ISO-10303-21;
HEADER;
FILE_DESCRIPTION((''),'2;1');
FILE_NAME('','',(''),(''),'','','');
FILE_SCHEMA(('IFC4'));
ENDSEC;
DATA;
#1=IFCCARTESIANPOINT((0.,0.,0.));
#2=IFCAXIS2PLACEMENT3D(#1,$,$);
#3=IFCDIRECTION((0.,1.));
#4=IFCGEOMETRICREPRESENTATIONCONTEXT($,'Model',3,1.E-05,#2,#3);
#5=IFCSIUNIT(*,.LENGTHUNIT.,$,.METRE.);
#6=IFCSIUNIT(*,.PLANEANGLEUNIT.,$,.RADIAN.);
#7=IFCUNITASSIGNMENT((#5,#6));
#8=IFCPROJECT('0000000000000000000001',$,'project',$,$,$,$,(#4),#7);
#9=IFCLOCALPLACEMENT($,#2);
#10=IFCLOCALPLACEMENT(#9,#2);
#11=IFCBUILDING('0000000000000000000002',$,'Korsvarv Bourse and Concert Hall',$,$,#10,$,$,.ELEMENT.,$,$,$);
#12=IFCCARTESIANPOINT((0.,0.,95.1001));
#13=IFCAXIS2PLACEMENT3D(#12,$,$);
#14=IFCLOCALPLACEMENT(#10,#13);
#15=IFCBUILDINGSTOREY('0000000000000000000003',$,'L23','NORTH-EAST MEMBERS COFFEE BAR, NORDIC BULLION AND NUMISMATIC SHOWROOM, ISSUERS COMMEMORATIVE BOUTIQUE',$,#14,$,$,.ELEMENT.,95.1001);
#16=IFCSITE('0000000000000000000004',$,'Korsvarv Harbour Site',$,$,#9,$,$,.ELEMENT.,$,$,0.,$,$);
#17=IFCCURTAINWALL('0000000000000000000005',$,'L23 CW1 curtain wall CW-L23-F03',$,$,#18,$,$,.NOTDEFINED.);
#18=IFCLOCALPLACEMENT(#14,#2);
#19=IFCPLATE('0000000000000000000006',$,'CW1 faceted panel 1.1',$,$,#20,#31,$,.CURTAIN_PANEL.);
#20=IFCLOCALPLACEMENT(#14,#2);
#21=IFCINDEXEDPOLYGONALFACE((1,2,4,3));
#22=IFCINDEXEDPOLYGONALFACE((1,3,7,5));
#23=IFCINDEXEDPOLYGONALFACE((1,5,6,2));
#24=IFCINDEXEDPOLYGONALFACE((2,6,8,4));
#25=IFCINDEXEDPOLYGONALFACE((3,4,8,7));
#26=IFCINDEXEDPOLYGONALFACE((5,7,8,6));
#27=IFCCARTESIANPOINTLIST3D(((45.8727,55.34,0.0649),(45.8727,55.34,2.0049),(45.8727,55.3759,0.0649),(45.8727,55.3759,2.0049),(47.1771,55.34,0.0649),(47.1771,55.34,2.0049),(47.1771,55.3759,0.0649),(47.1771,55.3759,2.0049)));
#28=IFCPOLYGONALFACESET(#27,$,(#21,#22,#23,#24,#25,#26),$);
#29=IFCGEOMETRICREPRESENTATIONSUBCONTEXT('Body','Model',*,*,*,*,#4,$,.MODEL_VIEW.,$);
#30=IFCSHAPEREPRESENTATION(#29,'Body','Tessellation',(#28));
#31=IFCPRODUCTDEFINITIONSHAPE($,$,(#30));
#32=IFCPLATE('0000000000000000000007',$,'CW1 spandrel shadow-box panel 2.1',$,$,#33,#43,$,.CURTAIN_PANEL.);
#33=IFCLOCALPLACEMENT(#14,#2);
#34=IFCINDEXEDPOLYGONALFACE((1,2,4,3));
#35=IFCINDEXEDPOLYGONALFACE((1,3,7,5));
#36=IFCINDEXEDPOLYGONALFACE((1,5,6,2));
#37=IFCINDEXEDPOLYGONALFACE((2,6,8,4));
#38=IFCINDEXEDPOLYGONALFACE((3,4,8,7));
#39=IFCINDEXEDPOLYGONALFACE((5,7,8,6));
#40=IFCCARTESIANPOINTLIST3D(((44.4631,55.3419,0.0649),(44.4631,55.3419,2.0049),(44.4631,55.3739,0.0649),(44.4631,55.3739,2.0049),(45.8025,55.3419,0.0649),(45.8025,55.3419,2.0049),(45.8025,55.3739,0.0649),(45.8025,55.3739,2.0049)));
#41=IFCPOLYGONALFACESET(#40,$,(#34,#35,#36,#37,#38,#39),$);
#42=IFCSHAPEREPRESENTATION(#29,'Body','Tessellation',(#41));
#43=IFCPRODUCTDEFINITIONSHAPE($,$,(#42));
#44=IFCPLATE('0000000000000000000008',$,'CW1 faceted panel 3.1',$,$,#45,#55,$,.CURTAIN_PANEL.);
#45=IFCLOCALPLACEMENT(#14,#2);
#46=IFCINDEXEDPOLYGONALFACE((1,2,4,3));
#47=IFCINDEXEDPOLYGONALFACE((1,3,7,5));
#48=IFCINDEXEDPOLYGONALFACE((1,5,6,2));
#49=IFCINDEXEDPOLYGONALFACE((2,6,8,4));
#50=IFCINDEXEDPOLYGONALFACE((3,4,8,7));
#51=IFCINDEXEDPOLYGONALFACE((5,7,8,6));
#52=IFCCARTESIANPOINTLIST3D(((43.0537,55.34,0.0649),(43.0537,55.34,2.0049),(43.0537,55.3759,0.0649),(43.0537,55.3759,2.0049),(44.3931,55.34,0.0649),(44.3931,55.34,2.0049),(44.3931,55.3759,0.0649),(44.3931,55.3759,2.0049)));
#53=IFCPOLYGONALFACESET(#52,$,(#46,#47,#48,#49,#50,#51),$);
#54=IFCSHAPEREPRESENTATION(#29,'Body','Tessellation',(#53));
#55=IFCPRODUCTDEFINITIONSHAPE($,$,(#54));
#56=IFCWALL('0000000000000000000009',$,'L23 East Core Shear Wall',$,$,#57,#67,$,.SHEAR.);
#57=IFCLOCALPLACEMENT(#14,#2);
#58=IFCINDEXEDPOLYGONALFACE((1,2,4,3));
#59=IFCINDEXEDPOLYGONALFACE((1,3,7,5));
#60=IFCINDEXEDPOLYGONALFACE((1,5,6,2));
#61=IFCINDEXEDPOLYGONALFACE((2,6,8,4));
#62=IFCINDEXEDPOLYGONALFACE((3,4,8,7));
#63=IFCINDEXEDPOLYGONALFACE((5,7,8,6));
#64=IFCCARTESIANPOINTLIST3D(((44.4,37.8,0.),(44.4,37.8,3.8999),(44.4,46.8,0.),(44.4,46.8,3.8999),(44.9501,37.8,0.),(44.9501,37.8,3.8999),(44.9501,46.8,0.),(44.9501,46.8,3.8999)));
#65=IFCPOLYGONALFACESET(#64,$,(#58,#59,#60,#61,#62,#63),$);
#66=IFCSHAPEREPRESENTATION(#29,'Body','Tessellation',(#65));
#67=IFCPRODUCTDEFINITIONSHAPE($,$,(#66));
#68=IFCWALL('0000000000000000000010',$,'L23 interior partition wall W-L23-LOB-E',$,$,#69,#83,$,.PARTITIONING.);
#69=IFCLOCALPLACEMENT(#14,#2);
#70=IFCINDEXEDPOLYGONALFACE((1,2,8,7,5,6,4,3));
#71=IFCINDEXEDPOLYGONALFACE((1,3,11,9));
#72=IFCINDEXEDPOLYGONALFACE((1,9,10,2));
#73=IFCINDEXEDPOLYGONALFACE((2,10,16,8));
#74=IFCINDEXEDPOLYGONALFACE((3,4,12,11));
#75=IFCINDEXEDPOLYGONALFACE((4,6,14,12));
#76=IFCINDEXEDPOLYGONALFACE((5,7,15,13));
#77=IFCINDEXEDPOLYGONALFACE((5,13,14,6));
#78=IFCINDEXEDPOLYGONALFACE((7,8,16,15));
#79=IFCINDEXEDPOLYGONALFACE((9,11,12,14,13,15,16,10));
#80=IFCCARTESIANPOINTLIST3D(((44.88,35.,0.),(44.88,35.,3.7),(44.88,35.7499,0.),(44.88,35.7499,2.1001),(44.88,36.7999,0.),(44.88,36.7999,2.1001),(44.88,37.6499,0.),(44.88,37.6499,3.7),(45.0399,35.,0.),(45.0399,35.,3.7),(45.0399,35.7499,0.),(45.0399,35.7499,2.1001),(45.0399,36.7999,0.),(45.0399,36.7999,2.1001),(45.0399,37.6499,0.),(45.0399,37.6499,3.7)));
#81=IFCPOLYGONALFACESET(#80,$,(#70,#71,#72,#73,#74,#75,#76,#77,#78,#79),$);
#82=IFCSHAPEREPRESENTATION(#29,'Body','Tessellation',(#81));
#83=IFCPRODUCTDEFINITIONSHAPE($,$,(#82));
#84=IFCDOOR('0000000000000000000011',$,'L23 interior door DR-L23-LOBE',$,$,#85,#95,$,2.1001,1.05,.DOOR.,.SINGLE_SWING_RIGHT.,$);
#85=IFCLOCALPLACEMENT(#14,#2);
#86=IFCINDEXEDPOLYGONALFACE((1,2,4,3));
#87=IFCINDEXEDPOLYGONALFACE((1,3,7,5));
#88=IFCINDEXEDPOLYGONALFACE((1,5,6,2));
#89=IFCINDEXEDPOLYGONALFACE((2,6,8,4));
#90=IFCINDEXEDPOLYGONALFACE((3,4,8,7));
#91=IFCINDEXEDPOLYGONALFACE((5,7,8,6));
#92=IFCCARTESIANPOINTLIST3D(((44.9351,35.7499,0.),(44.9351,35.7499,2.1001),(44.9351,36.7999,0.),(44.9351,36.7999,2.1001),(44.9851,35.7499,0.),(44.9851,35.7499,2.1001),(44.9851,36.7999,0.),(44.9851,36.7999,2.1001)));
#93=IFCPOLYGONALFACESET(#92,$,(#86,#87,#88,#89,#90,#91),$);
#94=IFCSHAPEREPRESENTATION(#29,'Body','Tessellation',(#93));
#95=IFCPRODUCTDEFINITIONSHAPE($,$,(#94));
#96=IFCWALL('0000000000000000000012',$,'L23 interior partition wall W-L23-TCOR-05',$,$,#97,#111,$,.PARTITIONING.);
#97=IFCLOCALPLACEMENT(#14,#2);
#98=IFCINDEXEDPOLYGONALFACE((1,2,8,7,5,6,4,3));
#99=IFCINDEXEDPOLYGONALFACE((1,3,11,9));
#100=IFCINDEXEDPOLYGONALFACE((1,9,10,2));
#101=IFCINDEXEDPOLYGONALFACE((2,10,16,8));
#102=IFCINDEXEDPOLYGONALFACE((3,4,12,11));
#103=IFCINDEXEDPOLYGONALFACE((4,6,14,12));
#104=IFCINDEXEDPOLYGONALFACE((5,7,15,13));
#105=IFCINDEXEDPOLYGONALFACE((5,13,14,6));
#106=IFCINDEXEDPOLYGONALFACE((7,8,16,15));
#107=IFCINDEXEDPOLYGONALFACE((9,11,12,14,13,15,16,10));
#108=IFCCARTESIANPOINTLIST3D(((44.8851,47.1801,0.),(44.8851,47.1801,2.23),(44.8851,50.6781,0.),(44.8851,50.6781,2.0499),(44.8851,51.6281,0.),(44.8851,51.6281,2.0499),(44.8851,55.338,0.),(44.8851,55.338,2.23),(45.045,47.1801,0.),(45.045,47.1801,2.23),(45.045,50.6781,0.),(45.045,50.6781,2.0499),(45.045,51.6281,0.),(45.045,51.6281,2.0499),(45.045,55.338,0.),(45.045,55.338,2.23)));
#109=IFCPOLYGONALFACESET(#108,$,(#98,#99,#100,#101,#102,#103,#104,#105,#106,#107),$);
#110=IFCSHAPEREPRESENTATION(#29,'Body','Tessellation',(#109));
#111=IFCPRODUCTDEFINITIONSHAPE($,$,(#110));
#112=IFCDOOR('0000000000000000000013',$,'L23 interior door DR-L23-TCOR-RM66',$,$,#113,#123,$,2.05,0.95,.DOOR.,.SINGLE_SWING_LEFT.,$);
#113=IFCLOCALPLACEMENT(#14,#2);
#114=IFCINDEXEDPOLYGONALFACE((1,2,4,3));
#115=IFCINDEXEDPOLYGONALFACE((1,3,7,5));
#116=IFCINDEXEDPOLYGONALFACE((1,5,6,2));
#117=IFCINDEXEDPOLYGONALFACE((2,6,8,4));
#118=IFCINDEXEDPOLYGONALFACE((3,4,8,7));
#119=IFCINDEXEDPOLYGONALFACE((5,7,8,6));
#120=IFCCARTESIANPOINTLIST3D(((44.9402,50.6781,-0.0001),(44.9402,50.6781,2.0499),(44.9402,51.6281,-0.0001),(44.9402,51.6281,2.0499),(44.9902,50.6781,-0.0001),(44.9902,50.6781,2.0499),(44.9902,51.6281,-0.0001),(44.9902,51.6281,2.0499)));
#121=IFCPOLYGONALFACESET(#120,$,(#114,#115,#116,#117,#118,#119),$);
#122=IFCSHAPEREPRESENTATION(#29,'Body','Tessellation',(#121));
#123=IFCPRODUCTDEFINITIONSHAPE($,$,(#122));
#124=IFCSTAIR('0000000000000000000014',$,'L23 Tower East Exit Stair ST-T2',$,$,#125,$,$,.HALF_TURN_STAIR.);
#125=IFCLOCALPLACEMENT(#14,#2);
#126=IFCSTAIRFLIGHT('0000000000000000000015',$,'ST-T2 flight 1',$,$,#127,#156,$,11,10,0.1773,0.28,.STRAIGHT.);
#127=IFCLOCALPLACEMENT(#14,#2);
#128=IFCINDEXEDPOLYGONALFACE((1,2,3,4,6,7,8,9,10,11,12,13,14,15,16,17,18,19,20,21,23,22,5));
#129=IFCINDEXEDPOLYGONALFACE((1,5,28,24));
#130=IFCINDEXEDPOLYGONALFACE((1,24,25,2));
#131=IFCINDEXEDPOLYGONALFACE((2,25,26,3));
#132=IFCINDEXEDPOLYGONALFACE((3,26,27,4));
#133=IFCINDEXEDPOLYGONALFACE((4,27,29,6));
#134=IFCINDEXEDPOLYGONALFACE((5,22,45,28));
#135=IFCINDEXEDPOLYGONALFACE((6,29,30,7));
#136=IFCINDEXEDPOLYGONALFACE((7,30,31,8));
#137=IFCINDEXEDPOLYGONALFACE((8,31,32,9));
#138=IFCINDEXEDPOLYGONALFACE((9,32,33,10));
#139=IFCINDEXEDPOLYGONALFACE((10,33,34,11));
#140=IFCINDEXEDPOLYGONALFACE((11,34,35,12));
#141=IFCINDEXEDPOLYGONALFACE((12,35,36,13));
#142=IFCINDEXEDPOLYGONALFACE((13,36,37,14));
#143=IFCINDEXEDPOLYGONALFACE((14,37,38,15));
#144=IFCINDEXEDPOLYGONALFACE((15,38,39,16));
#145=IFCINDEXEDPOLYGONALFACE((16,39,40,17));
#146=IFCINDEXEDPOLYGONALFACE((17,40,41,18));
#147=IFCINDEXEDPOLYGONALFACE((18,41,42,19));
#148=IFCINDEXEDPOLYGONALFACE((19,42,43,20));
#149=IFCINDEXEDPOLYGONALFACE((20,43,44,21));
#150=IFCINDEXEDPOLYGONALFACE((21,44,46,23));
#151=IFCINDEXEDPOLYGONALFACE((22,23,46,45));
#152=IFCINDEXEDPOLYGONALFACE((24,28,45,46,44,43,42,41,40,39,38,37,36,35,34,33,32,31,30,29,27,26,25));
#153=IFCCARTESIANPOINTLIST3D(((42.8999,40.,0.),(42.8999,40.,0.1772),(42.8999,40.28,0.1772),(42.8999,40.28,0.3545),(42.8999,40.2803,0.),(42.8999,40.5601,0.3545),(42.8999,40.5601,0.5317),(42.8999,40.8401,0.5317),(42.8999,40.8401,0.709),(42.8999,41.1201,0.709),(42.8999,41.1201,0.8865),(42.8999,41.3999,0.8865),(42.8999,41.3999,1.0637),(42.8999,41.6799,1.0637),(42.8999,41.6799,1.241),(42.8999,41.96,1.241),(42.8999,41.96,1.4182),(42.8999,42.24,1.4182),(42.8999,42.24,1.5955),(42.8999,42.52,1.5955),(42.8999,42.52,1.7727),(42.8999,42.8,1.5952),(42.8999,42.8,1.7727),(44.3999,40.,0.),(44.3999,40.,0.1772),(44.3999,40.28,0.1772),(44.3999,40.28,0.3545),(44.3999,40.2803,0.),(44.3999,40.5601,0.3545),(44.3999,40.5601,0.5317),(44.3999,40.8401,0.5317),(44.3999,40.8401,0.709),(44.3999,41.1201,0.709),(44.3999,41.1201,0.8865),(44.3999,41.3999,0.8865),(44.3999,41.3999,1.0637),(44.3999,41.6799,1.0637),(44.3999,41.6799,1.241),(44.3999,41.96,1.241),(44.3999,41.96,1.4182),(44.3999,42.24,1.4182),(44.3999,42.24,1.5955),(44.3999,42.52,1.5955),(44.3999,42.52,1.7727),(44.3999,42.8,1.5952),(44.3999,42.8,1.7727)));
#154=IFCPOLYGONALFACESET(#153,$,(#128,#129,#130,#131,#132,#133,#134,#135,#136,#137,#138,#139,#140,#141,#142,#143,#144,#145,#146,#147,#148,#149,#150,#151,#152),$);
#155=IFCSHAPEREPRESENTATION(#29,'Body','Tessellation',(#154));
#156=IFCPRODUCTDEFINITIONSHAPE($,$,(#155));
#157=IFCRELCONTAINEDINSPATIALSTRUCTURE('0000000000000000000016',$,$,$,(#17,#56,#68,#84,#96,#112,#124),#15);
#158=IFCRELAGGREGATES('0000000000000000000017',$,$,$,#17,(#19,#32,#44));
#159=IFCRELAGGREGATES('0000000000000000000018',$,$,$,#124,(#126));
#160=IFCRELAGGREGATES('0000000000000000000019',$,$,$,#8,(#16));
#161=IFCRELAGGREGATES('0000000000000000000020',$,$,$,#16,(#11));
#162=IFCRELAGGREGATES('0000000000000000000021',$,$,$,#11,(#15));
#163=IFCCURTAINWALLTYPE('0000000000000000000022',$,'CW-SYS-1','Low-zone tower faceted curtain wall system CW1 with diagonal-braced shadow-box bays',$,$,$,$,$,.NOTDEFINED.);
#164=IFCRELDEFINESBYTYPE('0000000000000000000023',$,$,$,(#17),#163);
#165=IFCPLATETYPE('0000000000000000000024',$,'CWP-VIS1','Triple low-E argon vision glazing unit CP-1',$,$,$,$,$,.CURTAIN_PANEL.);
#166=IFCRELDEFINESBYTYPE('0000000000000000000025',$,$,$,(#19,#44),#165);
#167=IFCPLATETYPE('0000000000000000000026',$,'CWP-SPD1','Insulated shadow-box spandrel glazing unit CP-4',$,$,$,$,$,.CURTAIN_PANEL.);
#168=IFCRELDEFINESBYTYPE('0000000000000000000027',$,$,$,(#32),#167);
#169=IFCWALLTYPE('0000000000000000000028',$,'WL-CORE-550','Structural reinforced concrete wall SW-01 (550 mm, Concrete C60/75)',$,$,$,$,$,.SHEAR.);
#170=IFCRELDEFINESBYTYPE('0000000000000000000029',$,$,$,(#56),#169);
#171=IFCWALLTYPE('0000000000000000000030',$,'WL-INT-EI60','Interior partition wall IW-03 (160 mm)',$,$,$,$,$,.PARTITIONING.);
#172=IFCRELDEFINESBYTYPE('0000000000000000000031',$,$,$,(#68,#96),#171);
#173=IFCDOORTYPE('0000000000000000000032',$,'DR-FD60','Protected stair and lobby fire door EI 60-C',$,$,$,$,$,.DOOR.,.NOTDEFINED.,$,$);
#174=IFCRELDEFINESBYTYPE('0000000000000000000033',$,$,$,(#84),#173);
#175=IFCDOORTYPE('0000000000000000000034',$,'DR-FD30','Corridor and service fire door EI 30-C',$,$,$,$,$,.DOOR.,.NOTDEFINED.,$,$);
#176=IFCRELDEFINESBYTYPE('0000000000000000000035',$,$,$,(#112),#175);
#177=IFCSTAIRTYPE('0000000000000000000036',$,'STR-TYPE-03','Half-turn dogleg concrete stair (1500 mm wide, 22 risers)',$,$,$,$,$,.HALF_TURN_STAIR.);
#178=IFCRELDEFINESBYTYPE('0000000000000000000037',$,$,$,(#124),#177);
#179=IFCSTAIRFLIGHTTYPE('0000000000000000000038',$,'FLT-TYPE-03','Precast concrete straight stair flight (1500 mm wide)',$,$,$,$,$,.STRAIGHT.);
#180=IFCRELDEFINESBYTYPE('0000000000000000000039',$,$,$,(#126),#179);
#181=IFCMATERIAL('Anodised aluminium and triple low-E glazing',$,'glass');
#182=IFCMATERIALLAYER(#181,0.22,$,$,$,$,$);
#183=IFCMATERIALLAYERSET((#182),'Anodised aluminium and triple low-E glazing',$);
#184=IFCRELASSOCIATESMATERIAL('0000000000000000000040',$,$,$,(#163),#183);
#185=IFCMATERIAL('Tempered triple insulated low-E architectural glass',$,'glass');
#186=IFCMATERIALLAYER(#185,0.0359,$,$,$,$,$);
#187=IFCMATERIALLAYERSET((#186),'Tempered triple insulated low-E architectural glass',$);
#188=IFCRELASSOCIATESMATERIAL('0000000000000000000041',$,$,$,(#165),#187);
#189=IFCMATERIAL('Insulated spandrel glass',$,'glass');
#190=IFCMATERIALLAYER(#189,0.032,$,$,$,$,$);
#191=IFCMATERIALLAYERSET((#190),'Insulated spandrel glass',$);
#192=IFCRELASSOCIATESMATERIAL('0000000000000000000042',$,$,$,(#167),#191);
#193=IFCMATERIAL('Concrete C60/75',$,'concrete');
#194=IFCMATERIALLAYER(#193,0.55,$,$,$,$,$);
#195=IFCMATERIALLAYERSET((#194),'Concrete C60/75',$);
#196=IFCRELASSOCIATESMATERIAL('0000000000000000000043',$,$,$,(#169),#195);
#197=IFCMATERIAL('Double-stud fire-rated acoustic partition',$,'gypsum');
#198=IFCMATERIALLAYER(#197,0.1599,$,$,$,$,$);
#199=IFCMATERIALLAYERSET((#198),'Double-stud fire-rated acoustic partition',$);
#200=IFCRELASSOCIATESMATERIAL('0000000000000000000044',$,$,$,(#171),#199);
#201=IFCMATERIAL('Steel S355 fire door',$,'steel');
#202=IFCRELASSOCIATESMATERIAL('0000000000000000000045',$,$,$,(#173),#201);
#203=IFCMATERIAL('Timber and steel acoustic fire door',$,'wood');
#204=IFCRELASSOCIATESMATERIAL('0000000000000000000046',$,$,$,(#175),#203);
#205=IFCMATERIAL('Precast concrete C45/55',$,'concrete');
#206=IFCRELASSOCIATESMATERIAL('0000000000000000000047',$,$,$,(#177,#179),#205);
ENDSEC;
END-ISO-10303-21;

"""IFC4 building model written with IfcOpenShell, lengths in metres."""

from ifc_helpers import new_model, si_unit, direction, frame, frame_2d, origin, origin_2d, place, context, subcontext, project, spatial, polyline, rectangle, outline, extrude, source, transform, mapped, material, layer, layer_set, type_object, element, fill, aggregate, save


model = new_model("IFC4")

# Units and contexts
model_context = context("Model", 3, precision=1e-05, world=origin(), true_north=direction((0.0, 1.0)))
body_context = subcontext(model_context, "Body", "Model", "MODEL_VIEW")
ifc_project = project(units=[si_unit("LENGTHUNIT", "METRE"), si_unit("PLANEANGLEUNIT", "RADIAN")], contexts=[model_context])

# Site, building, storey
site_placement = place(None, origin())
site = spatial("IfcSite", under=ifc_project, at=site_placement, Name="Korsvarv Harbour Site", CompositionType="ELEMENT", RefElevation=0.0)
building_placement = place(site_placement, origin())
building = spatial("IfcBuilding", under=site, at=building_placement, Name="Korsvarv Bourse and Concert Hall", CompositionType="ELEMENT")
storey_placement = place(building_placement, frame((0.0, 0.0, 95.1001)))
storey = spatial("IfcBuildingStorey", under=building, at=storey_placement, Name="L23", Description="NORTH-EAST MEMBERS COFFEE BAR, NORDIC BULLION AND NUMISMATIC SHOWROOM, ISSUERS COMMEMORATIVE BOUTIQUE", CompositionType="ELEMENT", Elevation=95.1001)

# Shared definitions
ifc_material_1 = material(Name="Concrete C60/75", Category="concrete")

# Curtain wall, plates
ifc_material_2 = material(Name="Anodised aluminium and triple low-E glazing", Category="glass")
ifc_layer_1 = layer(ifc_material_2, 0.22)
ifc_layer_set_1 = layer_set([ifc_layer_1], Name="Anodised aluminium and triple low-E glazing")
curtain_wall_type = type_object("IfcCurtainWallType", Name="CW-SYS-1", Description="Low-zone tower faceted curtain wall system CW1 with diagonal-braced shadow-box bays", PredefinedType="NOTDEFINED", material=ifc_layer_set_1)
curtain_wall_placement = place(storey_placement, origin())
curtain_wall = element("IfcCurtainWall", 1, at=curtain_wall_placement, inside=storey, type_object=curtain_wall_type, Name="L23 CW1 curtain wall CW-L23-F03", PredefinedType="NOTDEFINED")
ifc_material_3 = material(Name="Tempered triple insulated low-E architectural glass", Category="glass")
ifc_layer_2 = layer(ifc_material_3, 0.0359)
ifc_layer_set_2 = layer_set([ifc_layer_2], Name="Tempered triple insulated low-E architectural glass")
plate_type_1 = type_object("IfcPlateType", Name="CWP-VIS1", Description="Triple low-E argon vision glazing unit CP-1", PredefinedType="CURTAIN_PANEL", material=ifc_layer_set_2)
shared_shape_1 = source(origin(), body_context, "Body", "SweptSolid", [
    extrude(rectangle(XDim=1.3044, YDim=0.0359, at=origin_2d()), origin(), (0.0, 0.0, 1.0), 1.9399),
])
plate_1_placement = place(storey_placement, frame((46.5249, 55.3579, 0.0649), z_axis=(0.0, 0.0, 1.0), x_axis=(-1.0, 0.0, 0.0)))
plate_1 = element("IfcPlate", 2, at=plate_1_placement, type_object=plate_type_1, Name="CW1 faceted panel 1.1", PredefinedType="CURTAIN_PANEL", context=body_context, shape_type="MappedRepresentation", body=[
    mapped(shared_shape_1, transform((0.0, 0.0, 0.0), scale=1.0)),
])
ifc_material_4 = material(Name="Insulated spandrel glass", Category="glass")
ifc_layer_3 = layer(ifc_material_4, 0.032)
ifc_layer_set_3 = layer_set([ifc_layer_3], Name="Insulated spandrel glass")
plate_type_2 = type_object("IfcPlateType", Name="CWP-SPD1", Description="Insulated shadow-box spandrel glazing unit CP-4", PredefinedType="CURTAIN_PANEL", material=ifc_layer_set_3)
shared_shape_2 = source(origin(), body_context, "Body", "SweptSolid", [
    extrude(rectangle(XDim=1.3394, YDim=0.032, at=origin_2d()), origin(), (0.0, 0.0, 1.0), 1.9399),
])
plate_2_placement = place(storey_placement, frame((45.1328, 55.3579, 0.0649), z_axis=(0.0, 0.0, 1.0), x_axis=(-1.0, 0.0, 0.0)))
plate_2 = element("IfcPlate", 3, at=plate_2_placement, type_object=plate_type_2, Name="CW1 spandrel shadow-box panel 2.1", PredefinedType="CURTAIN_PANEL", context=body_context, shape_type="MappedRepresentation", body=[
    mapped(shared_shape_2, transform((0.0, 0.0, 0.0), scale=1.0)),
])
shared_shape_3 = source(origin(), body_context, "Body", "SweptSolid", [
    extrude(rectangle(XDim=1.3394, YDim=0.0359, at=origin_2d()), origin(), (0.0, 0.0, 1.0), 1.9399),
])
plate_3_placement = place(storey_placement, frame((43.7234, 55.3579, 0.0649), z_axis=(0.0, 0.0, 1.0), x_axis=(-1.0, 0.0, 0.0)))
plate_3 = element("IfcPlate", 4, at=plate_3_placement, type_object=plate_type_1, Name="CW1 faceted panel 3.1", PredefinedType="CURTAIN_PANEL", context=body_context, shape_type="MappedRepresentation", body=[
    mapped(shared_shape_3, transform((0.0, 0.0, 0.0), scale=1.0)),
])
aggregate(curtain_wall, [plate_1, plate_2, plate_3])

# Wall
ifc_layer_4 = layer(ifc_material_1, 0.55)
ifc_layer_set_4 = layer_set([ifc_layer_4], Name="Concrete C60/75")
wall_type_1 = type_object("IfcWallType", Name="WL-CORE-550", Description="Structural reinforced concrete wall SW-01 (550 mm, Concrete C60/75)", PredefinedType="SHEAR", material=ifc_layer_set_4)
wall_1_placement = place(storey_placement, frame((44.675, 37.8, 0.0), z_axis=(0.0, 0.0, 1.0), x_axis=(0.0, 1.0, 0.0)))
element("IfcWall", 5, at=wall_1_placement, inside=storey, type_object=wall_type_1, Name="L23 East Core Shear Wall", PredefinedType="SHEAR", context=body_context, shape_type="SweptSolid", body=[
    extrude(rectangle(XDim=9.0, YDim=0.55, at=frame_2d((4.5, 0.0))), origin(), (0.0, 0.0, 1.0), 3.8999),
])

# Walls, openings, doors
ifc_material_5 = material(Name="Double-stud fire-rated acoustic partition", Category="gypsum")
ifc_layer_5 = layer(ifc_material_5, 0.1599)
ifc_layer_set_5 = layer_set([ifc_layer_5], Name="Double-stud fire-rated acoustic partition")
wall_type_2 = type_object("IfcWallType", Name="WL-INT-EI60", Description="Interior partition wall IW-03 (160 mm)", PredefinedType="PARTITIONING", material=ifc_layer_set_5)
wall_2_placement = place(storey_placement, frame((44.96, 35.0, 0.0), z_axis=(0.0, 0.0, 1.0), x_axis=(0.0, 1.0, 0.0)))
wall_2 = element("IfcWall", 6, at=wall_2_placement, inside=storey, type_object=wall_type_2, Name="L23 interior partition wall W-L23-LOB-E", PredefinedType="PARTITIONING", context=body_context, shape_type="SweptSolid", body=[
    extrude(rectangle(XDim=2.6499, YDim=0.1599, at=frame_2d((1.325, 0.0))), origin(), (0.0, 0.0, 1.0), 3.7),
])
opening_1_placement = place(wall_2_placement, frame((0.75, 0.0, 0.0)))
opening_1 = element("IfcOpeningElement", 7, at=opening_1_placement, cuts=wall_2, PredefinedType="OPENING", context=body_context, shape_type="SweptSolid", body=[
    extrude(rectangle(XDim=1.05, YDim=2.1001, at=frame_2d((0.5249, 1.05))), frame((0.0, 0.0898, 0.0), z_axis=(0.0, -1.0, 0.0), x_axis=(1.0, 0.0, 0.0)), (0.0, 0.0, 1.0), 0.1799),
])
ifc_material_6 = material(Name="Steel S355 fire door", Category="steel")
door_type_1 = type_object("IfcDoorType", Name="DR-FD60", Description="Protected stair and lobby fire door EI 60-C", OperationType="NOTDEFINED", PredefinedType="DOOR", material=ifc_material_6)
door_1_placement = place(opening_1_placement, origin())
door_1 = element("IfcDoor", 8, at=door_1_placement, inside=storey, type_object=door_type_1, Name="L23 interior door DR-L23-LOBE", OperationType="SINGLE_SWING_RIGHT", OverallHeight=2.1001, OverallWidth=1.05, PredefinedType="DOOR", context=body_context, shape_type="SweptSolid", body=[
    extrude(rectangle(XDim=1.05, YDim=2.1001, at=frame_2d((0.5249, 1.05))), frame((0.0, 0.0249, 0.0), z_axis=(0.0, -1.0, 0.0), x_axis=(1.0, 0.0, 0.0)), (0.0, 0.0, 1.0), 0.05),
])
fill(opening_1, door_1)
wall_3_placement = place(storey_placement, frame((44.9651, 47.1799, 0.0), z_axis=(0.0, 0.0, 1.0), x_axis=(0.0, 1.0, 0.0)))
wall_3 = element("IfcWall", 9, at=wall_3_placement, inside=storey, type_object=wall_type_2, Name="L23 interior partition wall W-L23-TCOR-05", PredefinedType="PARTITIONING", context=body_context, shape_type="SweptSolid", body=[
    extrude(rectangle(XDim=8.158, YDim=0.1599, at=frame_2d((4.0791, 0.0))), origin(), (0.0, 0.0, 1.0), 2.23),
])
opening_2_placement = place(wall_3_placement, frame((3.498, 0.0, 0.0)))
opening_2 = element("IfcOpeningElement", 10, at=opening_2_placement, cuts=wall_3, PredefinedType="OPENING", context=body_context, shape_type="SweptSolid", body=[
    extrude(rectangle(XDim=0.95, YDim=2.05, at=frame_2d((0.4751, 1.0249))), frame((0.0, 0.0898, 0.0), z_axis=(0.0, -1.0, 0.0), x_axis=(1.0, 0.0, 0.0)), (0.0, 0.0, 1.0), 0.1799),
])
ifc_material_7 = material(Name="Timber and steel acoustic fire door", Category="wood")
door_type_2 = type_object("IfcDoorType", Name="DR-FD30", Description="Corridor and service fire door EI 30-C", OperationType="NOTDEFINED", PredefinedType="DOOR", material=ifc_material_7)
door_2_placement = place(opening_2_placement, origin())
door_2 = element("IfcDoor", 11, at=door_2_placement, inside=storey, type_object=door_type_2, Name="L23 interior door DR-L23-TCOR-RM66", OperationType="SINGLE_SWING_LEFT", OverallHeight=2.05, OverallWidth=0.95, PredefinedType="DOOR", context=body_context, shape_type="SweptSolid", body=[
    extrude(rectangle(XDim=0.95, YDim=2.05, at=frame_2d((0.4751, 1.0249))), frame((0.0, 0.0249, 0.0), z_axis=(0.0, -1.0, 0.0), x_axis=(1.0, 0.0, 0.0)), (0.0, 0.0, 1.0), 0.05),
])
fill(opening_2, door_2)

# Stair, stair flight
ifc_material_8 = material(Name="Precast concrete C45/55", Category="concrete")
stair_type = type_object("IfcStairType", Name="STR-TYPE-03", Description="Half-turn dogleg concrete stair (1500 mm wide, 22 risers)", PredefinedType="HALF_TURN_STAIR", material=ifc_material_8)
stair_placement = place(storey_placement, origin())
stair = element("IfcStair", 12, at=stair_placement, inside=storey, type_object=stair_type, Name="L23 Tower East Exit Stair ST-T2", PredefinedType="HALF_TURN_STAIR")
stair_flight_type = type_object("IfcStairFlightType", Name="FLT-TYPE-03", Description="Precast concrete straight stair flight (1500 mm wide)", PredefinedType="STRAIGHT", material=ifc_material_8)
stair_flight_placement = place(storey_placement, frame((43.6499, 40.0, 0.0), z_axis=(0.0, 0.0, 1.0), x_axis=(0.0, 1.0, 0.0)))
stair_flight = element("IfcStairFlight", 13, at=stair_flight_placement, type_object=stair_flight_type, Name="ST-T2 flight 1", NumberOfRisers=11, NumberOfTreads=10, PredefinedType="STRAIGHT", RiserHeight=0.1773, TreadLength=0.28, context=body_context, shape_type="SweptSolid", body=[
    extrude(outline(polyline([(0.0, 0.0), (0.0, 0.1772), (0.28, 0.1772), (0.28, 0.3545), (0.5601, 0.3545), (0.5601, 0.5317), (0.8401, 0.5317), (0.8401, 0.709), (1.1201, 0.709), (1.1201, 0.8865), (1.3999, 0.8865), (1.3999, 1.0637), (1.6799, 1.0637), (1.6799, 1.241), (1.96, 1.241), (1.96, 1.4182), (2.24, 1.4182), (2.24, 1.5955), (2.52, 1.5955), (2.52, 1.7727), (2.8, 1.7727), (2.8, 1.95), (2.8, 1.5952), (0.2803, 0.0), (0.0, 0.0)])), frame((0.0, 0.75, 0.0), z_axis=(0.0, -1.0, 0.0), x_axis=(1.0, 0.0, 0.0)), (0.0, 0.0, 1.0), 1.5),
])
aggregate(stair, [stair_flight])

save(model, "model.ifc")
